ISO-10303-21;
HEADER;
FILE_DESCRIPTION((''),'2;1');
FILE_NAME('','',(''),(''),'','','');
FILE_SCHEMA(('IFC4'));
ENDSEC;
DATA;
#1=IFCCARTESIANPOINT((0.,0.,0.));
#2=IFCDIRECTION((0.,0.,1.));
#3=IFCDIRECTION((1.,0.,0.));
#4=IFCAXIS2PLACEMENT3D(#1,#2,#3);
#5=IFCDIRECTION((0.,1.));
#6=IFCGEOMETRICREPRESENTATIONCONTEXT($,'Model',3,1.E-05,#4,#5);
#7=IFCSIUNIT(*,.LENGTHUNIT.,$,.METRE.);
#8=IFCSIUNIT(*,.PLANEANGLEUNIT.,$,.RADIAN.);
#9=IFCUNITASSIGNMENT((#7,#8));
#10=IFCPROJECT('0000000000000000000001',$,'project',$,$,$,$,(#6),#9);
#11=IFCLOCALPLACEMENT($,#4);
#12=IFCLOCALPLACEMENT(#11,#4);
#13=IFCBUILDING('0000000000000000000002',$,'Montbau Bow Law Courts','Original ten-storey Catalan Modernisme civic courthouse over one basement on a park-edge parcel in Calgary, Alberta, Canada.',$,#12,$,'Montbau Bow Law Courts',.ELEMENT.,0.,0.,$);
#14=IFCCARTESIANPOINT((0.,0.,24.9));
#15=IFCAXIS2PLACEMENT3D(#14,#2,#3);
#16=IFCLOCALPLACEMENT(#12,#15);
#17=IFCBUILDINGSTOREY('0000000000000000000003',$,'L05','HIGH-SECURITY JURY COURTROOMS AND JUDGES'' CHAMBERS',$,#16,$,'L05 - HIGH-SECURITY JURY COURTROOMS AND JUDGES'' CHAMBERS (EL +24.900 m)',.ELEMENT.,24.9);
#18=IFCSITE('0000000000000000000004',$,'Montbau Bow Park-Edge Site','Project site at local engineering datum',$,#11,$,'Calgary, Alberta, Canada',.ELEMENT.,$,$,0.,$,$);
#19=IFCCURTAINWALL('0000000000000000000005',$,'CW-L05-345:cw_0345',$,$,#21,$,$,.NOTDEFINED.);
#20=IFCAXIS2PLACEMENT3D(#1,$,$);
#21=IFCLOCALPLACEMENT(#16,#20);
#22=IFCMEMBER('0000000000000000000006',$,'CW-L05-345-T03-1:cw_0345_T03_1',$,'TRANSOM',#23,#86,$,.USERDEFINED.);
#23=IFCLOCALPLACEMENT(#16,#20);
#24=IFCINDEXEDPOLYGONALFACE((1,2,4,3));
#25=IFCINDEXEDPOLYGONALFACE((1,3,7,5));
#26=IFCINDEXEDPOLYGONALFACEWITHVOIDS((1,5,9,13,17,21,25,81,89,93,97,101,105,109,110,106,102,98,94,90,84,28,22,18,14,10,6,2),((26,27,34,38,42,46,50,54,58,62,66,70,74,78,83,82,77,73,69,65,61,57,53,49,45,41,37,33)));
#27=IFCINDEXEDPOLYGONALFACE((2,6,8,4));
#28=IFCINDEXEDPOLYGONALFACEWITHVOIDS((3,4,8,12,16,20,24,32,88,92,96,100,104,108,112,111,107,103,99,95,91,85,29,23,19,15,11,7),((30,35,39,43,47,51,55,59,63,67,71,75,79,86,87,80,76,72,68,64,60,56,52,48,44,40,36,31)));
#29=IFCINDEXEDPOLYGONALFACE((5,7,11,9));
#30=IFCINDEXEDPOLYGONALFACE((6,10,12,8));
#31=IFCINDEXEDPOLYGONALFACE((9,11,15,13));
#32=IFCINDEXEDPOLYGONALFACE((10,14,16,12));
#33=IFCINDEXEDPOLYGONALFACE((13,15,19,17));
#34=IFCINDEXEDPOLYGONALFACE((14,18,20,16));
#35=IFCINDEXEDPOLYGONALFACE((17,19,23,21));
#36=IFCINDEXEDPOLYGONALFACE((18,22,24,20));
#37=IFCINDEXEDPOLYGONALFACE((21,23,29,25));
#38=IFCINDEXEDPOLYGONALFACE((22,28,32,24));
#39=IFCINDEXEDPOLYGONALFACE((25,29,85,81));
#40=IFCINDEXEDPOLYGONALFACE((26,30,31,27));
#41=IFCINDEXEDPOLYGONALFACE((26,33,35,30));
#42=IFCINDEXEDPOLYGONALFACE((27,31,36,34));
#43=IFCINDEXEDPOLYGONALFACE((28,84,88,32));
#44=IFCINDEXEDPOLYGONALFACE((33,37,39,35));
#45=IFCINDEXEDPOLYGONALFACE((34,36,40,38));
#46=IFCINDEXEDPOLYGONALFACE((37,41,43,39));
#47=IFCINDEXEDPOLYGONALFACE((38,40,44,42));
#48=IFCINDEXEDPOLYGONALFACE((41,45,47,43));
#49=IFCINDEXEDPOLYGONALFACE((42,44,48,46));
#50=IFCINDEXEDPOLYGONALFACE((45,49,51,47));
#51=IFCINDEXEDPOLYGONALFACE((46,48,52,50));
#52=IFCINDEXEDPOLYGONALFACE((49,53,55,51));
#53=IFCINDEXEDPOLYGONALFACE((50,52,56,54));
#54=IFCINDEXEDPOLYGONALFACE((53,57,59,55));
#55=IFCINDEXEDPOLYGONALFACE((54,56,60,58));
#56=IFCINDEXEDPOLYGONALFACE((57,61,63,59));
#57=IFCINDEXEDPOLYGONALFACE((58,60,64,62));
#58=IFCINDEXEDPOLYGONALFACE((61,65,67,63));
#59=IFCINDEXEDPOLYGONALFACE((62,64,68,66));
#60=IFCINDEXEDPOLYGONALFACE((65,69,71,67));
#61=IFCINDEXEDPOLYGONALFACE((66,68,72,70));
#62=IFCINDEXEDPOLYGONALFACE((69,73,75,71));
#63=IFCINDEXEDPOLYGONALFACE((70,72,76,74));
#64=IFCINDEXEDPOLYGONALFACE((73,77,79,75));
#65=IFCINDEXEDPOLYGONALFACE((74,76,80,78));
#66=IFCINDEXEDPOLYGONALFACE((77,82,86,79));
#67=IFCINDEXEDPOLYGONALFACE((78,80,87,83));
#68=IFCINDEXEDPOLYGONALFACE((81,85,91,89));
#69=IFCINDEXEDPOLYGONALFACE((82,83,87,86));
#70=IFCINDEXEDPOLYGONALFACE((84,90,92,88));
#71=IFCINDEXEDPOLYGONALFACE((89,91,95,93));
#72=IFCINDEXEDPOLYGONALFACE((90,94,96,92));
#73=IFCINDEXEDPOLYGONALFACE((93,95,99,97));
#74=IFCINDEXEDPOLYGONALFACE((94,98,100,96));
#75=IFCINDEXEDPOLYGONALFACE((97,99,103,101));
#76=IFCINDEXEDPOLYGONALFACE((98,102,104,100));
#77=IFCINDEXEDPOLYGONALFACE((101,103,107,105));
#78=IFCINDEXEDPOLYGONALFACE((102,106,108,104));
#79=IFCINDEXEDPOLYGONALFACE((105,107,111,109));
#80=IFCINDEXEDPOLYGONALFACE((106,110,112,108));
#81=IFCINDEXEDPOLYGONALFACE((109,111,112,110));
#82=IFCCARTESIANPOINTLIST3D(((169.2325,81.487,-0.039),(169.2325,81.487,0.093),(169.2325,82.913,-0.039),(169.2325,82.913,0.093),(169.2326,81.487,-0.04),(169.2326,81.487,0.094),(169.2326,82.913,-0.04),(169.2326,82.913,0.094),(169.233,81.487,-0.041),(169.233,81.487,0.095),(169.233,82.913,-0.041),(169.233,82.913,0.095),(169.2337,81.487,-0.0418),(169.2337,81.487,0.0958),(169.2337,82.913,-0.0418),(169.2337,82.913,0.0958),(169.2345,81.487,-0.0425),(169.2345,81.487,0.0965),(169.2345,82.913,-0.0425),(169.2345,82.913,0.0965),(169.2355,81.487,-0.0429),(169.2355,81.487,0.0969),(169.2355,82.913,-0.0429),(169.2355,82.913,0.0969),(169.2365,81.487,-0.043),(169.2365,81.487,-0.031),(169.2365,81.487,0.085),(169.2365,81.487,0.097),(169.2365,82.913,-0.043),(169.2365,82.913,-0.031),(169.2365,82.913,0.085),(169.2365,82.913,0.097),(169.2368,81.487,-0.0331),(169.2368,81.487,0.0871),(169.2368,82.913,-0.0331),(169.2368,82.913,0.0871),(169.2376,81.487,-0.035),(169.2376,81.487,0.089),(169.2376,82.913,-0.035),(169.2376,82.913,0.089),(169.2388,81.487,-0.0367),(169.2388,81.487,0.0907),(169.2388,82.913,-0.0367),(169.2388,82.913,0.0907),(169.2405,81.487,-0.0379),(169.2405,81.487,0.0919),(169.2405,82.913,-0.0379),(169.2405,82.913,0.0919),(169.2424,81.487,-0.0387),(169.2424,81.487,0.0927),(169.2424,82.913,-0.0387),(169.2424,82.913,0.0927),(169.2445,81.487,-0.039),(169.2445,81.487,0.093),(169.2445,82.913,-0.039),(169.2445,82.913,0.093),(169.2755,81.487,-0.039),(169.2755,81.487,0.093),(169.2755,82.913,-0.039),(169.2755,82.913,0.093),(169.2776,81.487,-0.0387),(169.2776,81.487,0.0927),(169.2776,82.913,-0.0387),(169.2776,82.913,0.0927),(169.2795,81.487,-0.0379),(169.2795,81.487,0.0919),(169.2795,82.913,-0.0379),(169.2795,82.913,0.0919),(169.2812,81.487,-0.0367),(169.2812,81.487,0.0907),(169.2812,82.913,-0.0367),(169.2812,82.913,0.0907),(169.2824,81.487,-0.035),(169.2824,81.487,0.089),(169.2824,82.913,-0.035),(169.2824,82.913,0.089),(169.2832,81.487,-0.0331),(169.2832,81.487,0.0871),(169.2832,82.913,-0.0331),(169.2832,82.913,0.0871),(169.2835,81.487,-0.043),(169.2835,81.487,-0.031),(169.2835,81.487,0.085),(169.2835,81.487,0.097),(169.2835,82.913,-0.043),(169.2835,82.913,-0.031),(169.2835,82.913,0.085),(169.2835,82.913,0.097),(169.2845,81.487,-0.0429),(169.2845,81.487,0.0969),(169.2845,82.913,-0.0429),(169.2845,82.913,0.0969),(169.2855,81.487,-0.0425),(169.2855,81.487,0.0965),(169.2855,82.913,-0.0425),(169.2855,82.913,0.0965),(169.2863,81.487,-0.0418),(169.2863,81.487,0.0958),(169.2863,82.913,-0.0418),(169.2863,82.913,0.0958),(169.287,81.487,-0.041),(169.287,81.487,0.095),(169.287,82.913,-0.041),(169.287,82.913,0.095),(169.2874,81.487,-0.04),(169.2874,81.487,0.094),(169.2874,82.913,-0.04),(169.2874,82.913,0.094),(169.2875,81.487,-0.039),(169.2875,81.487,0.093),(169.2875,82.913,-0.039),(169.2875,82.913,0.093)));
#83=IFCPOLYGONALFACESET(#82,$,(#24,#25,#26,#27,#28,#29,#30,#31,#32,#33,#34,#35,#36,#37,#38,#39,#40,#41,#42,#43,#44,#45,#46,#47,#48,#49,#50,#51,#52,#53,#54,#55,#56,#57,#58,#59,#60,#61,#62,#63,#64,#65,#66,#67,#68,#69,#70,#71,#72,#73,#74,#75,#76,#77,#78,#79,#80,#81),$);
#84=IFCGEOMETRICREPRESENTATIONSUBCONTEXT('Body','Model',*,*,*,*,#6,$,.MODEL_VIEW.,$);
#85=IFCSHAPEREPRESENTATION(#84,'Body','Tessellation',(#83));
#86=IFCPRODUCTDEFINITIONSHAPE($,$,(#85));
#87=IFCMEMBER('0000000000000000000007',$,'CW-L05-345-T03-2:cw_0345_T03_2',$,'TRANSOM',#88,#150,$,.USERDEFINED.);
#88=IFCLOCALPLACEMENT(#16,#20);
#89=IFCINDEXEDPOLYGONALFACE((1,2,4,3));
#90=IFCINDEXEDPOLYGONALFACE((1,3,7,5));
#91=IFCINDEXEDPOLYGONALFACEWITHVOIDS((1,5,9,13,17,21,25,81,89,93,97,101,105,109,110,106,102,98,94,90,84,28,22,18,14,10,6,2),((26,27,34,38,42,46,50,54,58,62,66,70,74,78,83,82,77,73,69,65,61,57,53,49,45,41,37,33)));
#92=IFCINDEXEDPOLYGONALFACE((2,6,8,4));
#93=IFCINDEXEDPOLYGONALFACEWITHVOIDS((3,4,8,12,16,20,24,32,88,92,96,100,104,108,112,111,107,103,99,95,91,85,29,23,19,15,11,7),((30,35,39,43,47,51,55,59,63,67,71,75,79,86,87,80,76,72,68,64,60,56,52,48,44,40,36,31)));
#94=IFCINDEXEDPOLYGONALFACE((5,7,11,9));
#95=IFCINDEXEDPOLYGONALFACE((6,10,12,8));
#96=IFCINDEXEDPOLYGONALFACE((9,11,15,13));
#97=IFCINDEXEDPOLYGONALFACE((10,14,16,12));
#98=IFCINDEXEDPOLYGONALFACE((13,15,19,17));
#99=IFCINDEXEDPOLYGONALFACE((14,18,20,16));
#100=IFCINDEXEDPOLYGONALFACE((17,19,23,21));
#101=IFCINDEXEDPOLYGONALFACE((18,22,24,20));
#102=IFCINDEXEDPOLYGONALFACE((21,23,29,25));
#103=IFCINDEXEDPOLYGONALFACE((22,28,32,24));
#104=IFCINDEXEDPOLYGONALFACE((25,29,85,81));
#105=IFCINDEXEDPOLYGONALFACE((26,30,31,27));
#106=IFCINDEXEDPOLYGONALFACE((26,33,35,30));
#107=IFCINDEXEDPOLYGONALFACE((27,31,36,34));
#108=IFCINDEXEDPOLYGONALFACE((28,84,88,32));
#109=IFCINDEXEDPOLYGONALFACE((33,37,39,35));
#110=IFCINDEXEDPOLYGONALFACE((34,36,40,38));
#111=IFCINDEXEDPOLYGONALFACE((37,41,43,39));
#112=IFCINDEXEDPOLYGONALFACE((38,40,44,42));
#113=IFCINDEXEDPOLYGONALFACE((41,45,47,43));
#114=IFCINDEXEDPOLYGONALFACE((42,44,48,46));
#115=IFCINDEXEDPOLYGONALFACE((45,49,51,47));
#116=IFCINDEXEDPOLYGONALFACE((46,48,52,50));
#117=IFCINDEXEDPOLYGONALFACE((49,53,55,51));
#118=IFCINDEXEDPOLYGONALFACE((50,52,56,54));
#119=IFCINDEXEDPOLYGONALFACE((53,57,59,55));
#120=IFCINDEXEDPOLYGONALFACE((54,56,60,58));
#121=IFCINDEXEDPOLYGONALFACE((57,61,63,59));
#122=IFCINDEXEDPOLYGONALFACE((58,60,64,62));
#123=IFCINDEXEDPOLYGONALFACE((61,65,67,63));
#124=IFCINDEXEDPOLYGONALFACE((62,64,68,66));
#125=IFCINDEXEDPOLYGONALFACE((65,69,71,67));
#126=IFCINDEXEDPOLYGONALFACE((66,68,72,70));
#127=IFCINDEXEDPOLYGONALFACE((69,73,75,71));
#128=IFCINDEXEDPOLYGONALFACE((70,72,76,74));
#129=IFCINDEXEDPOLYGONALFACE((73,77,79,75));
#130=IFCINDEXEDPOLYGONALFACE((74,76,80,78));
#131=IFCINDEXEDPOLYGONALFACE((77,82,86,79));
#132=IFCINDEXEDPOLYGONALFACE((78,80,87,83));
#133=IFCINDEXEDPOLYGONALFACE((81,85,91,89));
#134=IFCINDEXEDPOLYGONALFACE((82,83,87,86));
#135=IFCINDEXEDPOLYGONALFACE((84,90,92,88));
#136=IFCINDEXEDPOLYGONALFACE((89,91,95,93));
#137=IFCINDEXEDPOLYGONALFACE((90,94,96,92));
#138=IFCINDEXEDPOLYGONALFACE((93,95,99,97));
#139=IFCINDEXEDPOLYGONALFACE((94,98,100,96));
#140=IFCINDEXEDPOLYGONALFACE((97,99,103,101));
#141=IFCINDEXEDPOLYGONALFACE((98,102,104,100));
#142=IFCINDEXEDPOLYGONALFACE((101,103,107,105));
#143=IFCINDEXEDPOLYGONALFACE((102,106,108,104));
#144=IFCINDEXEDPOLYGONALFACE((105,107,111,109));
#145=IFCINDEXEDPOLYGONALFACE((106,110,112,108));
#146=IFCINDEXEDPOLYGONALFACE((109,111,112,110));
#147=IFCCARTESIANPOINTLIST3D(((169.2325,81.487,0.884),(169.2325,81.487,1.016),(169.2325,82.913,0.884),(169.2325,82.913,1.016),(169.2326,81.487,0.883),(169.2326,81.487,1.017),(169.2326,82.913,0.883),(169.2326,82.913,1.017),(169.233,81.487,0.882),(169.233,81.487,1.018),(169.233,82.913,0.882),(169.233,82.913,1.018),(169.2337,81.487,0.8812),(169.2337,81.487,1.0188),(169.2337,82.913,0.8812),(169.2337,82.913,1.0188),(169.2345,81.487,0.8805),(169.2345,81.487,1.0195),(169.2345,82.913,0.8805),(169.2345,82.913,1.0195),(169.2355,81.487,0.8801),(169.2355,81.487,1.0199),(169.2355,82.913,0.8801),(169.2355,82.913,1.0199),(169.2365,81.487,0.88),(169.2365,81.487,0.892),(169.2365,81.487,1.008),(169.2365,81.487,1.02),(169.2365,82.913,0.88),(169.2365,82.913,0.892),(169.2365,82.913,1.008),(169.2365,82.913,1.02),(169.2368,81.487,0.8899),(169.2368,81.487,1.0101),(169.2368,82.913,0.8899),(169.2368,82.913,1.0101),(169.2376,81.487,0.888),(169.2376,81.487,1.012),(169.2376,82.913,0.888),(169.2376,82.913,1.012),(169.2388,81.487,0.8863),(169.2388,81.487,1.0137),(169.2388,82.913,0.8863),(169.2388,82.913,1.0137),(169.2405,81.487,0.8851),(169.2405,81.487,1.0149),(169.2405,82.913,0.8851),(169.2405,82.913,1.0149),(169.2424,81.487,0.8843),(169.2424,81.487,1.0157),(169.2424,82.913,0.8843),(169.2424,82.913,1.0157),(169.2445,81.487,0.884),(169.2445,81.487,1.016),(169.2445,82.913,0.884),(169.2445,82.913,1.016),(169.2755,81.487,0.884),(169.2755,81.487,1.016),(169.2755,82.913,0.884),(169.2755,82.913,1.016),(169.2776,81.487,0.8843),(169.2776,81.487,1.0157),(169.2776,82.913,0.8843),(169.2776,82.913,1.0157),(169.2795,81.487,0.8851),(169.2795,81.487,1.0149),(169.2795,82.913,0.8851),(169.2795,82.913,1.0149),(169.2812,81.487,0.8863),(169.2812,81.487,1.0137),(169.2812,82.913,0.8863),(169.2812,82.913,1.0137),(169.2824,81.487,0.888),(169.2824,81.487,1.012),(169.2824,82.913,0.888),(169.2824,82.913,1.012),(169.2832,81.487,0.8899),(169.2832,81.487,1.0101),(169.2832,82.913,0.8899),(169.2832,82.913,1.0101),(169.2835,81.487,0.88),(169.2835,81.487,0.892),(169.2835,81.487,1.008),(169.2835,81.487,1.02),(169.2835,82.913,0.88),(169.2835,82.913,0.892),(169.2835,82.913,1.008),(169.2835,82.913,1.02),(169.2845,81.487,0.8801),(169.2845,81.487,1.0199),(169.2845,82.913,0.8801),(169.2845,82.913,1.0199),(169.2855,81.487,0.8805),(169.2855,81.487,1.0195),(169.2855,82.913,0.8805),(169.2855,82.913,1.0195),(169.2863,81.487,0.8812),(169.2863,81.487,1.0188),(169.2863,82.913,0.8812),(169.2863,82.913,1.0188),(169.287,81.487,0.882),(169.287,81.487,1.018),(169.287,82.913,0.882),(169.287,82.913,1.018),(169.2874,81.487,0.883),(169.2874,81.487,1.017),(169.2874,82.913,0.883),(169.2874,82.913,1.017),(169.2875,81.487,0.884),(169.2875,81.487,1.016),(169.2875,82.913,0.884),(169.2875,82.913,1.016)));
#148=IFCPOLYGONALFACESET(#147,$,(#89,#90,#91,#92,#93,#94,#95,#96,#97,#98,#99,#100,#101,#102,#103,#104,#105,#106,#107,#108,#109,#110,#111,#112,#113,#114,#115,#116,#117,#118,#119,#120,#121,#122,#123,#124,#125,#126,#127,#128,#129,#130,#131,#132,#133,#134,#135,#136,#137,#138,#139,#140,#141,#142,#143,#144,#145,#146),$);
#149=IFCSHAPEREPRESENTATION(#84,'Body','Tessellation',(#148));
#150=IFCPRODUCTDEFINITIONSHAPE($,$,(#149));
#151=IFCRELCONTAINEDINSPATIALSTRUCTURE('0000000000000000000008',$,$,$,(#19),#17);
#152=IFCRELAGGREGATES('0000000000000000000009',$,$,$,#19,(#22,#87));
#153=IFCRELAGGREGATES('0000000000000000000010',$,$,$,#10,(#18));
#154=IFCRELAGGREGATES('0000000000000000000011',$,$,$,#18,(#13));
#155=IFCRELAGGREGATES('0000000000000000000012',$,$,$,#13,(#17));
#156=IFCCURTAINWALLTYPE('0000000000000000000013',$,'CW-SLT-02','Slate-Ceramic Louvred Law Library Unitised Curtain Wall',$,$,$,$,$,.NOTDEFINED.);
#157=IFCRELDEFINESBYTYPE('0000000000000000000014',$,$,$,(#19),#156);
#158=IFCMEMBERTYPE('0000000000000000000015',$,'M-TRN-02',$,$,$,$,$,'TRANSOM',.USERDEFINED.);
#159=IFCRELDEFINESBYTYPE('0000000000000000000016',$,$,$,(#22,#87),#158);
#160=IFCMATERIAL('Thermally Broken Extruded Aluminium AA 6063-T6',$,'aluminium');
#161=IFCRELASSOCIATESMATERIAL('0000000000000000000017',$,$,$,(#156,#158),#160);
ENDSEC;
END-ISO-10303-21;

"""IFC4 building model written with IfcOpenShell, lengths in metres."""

from ifc_helpers import new_model, si_unit, direction, frame, origin_with_axes, origin_2d_with_axis, place, context, subcontext, project, spatial, hollow_rectangle, extrude, material, material_profile, profile_set, type_object, element, aggregate, save


model = new_model("IFC4")

# Units and contexts
model_context = context("Model", 3, precision=1e-05, world=origin_with_axes(), true_north=direction((0.0, 1.0)))
body_context = subcontext(model_context, "Body", "Model", "MODEL_VIEW")
ifc_project = project(units=[si_unit("LENGTHUNIT", "METRE"), si_unit("PLANEANGLEUNIT", "RADIAN")], contexts=[model_context])

# Site, building, storey
site_placement = place(None, origin_with_axes())
site = spatial("IfcSite", under=ifc_project, at=site_placement, Name="Montbau Bow Park-Edge Site", Description="Project site at local engineering datum", LongName="Calgary, Alberta, Canada", CompositionType="ELEMENT", RefElevation=0.0)
building_placement = place(site_placement, origin_with_axes())
building = spatial("IfcBuilding", under=site, at=building_placement, Name="Montbau Bow Law Courts", Description="Original ten-storey Catalan Modernisme civic courthouse over one basement on a park-edge parcel in Calgary, Alberta, Canada.", LongName="Montbau Bow Law Courts", CompositionType="ELEMENT", ElevationOfRefHeight=0.0, ElevationOfTerrain=0.0)
storey_placement = place(building_placement, frame((0.0, 0.0, 24.9), z_axis=(0.0, 0.0, 1.0), x_axis=(1.0, 0.0, 0.0)))
storey = spatial("IfcBuildingStorey", under=building, at=storey_placement, Name="L05", Description="HIGH-SECURITY JURY COURTROOMS AND JUDGES' CHAMBERS", LongName="L05 - HIGH-SECURITY JURY COURTROOMS AND JUDGES' CHAMBERS (EL +24.900 m)", CompositionType="ELEMENT", Elevation=24.9)

# Curtain wall, members
ifc_material_1 = material(Name="Thermally Broken Extruded Aluminium AA 6063-T6", Category="aluminium")
curtain_wall_type = type_object("IfcCurtainWallType", Name="CW-SLT-02", Description="Slate-Ceramic Louvred Law Library Unitised Curtain Wall", PredefinedType="NOTDEFINED", material=ifc_material_1)
curtain_wall_placement = place(None, frame((169.26, 78.44, 24.9), z_axis=(0.0, 0.0, 1.0), x_axis=(1.0, 0.0, 0.0)))
curtain_wall = element("IfcCurtainWall", 1, at=curtain_wall_placement, inside=storey, type_object=curtain_wall_type, Name="CW-L05-345:cw_0345", PredefinedType="NOTDEFINED")
ifc_material_profile_1 = material_profile(ifc_material_1, hollow_rectangle(XDim=0.055, YDim=0.14, WallThickness=0.004, InnerFilletRadius=0.008, OuterFilletRadius=0.004, at=origin_2d_with_axis()), Name="CWT-140X55", Category="Main", Priority=0)
ifc_profile_set_1 = profile_set([ifc_material_profile_1], Name="Thermally Broken Extruded Aluminium AA 6063-T6")
member_type_1 = type_object("IfcMemberType", Name="M-TRN-02", ElementType="TRANSOM", PredefinedType="USERDEFINED", material=ifc_profile_set_1)
member_1_placement = place(None, frame((169.26, 81.487, 24.927), z_axis=(0.0, 1.0, 0.0), x_axis=(-1.0, 0.0, 0.0)))
member_1 = element("IfcMember", 2, at=member_1_placement, type_object=member_type_1, Name="CW-L05-345-T03-1:cw_0345_T03_1", ObjectType="TRANSOM", PredefinedType="USERDEFINED", context=body_context, shape_type="SweptSolid", body=[
    extrude(hollow_rectangle(XDim=0.055, YDim=0.14, WallThickness=0.004, InnerFilletRadius=0.008, OuterFilletRadius=0.004, at=origin_2d_with_axis()), origin_with_axes(), (0.0, 0.0, 1.0), 1.426),
])
member_2_placement = place(None, frame((169.26, 81.487, 25.85), z_axis=(0.0, 1.0, 0.0), x_axis=(-1.0, 0.0, 0.0)))
member_2 = element("IfcMember", 3, at=member_2_placement, type_object=member_type_1, Name="CW-L05-345-T03-2:cw_0345_T03_2", ObjectType="TRANSOM", PredefinedType="USERDEFINED", context=body_context, shape_type="SweptSolid", body=[
    extrude(hollow_rectangle(XDim=0.055, YDim=0.14, WallThickness=0.004, InnerFilletRadius=0.008, OuterFilletRadius=0.004, at=origin_2d_with_axis()), origin_with_axes(), (0.0, 0.0, 1.0), 1.426),
])
aggregate(curtain_wall, [member_1, member_2])

save(model, "model.ifc")
